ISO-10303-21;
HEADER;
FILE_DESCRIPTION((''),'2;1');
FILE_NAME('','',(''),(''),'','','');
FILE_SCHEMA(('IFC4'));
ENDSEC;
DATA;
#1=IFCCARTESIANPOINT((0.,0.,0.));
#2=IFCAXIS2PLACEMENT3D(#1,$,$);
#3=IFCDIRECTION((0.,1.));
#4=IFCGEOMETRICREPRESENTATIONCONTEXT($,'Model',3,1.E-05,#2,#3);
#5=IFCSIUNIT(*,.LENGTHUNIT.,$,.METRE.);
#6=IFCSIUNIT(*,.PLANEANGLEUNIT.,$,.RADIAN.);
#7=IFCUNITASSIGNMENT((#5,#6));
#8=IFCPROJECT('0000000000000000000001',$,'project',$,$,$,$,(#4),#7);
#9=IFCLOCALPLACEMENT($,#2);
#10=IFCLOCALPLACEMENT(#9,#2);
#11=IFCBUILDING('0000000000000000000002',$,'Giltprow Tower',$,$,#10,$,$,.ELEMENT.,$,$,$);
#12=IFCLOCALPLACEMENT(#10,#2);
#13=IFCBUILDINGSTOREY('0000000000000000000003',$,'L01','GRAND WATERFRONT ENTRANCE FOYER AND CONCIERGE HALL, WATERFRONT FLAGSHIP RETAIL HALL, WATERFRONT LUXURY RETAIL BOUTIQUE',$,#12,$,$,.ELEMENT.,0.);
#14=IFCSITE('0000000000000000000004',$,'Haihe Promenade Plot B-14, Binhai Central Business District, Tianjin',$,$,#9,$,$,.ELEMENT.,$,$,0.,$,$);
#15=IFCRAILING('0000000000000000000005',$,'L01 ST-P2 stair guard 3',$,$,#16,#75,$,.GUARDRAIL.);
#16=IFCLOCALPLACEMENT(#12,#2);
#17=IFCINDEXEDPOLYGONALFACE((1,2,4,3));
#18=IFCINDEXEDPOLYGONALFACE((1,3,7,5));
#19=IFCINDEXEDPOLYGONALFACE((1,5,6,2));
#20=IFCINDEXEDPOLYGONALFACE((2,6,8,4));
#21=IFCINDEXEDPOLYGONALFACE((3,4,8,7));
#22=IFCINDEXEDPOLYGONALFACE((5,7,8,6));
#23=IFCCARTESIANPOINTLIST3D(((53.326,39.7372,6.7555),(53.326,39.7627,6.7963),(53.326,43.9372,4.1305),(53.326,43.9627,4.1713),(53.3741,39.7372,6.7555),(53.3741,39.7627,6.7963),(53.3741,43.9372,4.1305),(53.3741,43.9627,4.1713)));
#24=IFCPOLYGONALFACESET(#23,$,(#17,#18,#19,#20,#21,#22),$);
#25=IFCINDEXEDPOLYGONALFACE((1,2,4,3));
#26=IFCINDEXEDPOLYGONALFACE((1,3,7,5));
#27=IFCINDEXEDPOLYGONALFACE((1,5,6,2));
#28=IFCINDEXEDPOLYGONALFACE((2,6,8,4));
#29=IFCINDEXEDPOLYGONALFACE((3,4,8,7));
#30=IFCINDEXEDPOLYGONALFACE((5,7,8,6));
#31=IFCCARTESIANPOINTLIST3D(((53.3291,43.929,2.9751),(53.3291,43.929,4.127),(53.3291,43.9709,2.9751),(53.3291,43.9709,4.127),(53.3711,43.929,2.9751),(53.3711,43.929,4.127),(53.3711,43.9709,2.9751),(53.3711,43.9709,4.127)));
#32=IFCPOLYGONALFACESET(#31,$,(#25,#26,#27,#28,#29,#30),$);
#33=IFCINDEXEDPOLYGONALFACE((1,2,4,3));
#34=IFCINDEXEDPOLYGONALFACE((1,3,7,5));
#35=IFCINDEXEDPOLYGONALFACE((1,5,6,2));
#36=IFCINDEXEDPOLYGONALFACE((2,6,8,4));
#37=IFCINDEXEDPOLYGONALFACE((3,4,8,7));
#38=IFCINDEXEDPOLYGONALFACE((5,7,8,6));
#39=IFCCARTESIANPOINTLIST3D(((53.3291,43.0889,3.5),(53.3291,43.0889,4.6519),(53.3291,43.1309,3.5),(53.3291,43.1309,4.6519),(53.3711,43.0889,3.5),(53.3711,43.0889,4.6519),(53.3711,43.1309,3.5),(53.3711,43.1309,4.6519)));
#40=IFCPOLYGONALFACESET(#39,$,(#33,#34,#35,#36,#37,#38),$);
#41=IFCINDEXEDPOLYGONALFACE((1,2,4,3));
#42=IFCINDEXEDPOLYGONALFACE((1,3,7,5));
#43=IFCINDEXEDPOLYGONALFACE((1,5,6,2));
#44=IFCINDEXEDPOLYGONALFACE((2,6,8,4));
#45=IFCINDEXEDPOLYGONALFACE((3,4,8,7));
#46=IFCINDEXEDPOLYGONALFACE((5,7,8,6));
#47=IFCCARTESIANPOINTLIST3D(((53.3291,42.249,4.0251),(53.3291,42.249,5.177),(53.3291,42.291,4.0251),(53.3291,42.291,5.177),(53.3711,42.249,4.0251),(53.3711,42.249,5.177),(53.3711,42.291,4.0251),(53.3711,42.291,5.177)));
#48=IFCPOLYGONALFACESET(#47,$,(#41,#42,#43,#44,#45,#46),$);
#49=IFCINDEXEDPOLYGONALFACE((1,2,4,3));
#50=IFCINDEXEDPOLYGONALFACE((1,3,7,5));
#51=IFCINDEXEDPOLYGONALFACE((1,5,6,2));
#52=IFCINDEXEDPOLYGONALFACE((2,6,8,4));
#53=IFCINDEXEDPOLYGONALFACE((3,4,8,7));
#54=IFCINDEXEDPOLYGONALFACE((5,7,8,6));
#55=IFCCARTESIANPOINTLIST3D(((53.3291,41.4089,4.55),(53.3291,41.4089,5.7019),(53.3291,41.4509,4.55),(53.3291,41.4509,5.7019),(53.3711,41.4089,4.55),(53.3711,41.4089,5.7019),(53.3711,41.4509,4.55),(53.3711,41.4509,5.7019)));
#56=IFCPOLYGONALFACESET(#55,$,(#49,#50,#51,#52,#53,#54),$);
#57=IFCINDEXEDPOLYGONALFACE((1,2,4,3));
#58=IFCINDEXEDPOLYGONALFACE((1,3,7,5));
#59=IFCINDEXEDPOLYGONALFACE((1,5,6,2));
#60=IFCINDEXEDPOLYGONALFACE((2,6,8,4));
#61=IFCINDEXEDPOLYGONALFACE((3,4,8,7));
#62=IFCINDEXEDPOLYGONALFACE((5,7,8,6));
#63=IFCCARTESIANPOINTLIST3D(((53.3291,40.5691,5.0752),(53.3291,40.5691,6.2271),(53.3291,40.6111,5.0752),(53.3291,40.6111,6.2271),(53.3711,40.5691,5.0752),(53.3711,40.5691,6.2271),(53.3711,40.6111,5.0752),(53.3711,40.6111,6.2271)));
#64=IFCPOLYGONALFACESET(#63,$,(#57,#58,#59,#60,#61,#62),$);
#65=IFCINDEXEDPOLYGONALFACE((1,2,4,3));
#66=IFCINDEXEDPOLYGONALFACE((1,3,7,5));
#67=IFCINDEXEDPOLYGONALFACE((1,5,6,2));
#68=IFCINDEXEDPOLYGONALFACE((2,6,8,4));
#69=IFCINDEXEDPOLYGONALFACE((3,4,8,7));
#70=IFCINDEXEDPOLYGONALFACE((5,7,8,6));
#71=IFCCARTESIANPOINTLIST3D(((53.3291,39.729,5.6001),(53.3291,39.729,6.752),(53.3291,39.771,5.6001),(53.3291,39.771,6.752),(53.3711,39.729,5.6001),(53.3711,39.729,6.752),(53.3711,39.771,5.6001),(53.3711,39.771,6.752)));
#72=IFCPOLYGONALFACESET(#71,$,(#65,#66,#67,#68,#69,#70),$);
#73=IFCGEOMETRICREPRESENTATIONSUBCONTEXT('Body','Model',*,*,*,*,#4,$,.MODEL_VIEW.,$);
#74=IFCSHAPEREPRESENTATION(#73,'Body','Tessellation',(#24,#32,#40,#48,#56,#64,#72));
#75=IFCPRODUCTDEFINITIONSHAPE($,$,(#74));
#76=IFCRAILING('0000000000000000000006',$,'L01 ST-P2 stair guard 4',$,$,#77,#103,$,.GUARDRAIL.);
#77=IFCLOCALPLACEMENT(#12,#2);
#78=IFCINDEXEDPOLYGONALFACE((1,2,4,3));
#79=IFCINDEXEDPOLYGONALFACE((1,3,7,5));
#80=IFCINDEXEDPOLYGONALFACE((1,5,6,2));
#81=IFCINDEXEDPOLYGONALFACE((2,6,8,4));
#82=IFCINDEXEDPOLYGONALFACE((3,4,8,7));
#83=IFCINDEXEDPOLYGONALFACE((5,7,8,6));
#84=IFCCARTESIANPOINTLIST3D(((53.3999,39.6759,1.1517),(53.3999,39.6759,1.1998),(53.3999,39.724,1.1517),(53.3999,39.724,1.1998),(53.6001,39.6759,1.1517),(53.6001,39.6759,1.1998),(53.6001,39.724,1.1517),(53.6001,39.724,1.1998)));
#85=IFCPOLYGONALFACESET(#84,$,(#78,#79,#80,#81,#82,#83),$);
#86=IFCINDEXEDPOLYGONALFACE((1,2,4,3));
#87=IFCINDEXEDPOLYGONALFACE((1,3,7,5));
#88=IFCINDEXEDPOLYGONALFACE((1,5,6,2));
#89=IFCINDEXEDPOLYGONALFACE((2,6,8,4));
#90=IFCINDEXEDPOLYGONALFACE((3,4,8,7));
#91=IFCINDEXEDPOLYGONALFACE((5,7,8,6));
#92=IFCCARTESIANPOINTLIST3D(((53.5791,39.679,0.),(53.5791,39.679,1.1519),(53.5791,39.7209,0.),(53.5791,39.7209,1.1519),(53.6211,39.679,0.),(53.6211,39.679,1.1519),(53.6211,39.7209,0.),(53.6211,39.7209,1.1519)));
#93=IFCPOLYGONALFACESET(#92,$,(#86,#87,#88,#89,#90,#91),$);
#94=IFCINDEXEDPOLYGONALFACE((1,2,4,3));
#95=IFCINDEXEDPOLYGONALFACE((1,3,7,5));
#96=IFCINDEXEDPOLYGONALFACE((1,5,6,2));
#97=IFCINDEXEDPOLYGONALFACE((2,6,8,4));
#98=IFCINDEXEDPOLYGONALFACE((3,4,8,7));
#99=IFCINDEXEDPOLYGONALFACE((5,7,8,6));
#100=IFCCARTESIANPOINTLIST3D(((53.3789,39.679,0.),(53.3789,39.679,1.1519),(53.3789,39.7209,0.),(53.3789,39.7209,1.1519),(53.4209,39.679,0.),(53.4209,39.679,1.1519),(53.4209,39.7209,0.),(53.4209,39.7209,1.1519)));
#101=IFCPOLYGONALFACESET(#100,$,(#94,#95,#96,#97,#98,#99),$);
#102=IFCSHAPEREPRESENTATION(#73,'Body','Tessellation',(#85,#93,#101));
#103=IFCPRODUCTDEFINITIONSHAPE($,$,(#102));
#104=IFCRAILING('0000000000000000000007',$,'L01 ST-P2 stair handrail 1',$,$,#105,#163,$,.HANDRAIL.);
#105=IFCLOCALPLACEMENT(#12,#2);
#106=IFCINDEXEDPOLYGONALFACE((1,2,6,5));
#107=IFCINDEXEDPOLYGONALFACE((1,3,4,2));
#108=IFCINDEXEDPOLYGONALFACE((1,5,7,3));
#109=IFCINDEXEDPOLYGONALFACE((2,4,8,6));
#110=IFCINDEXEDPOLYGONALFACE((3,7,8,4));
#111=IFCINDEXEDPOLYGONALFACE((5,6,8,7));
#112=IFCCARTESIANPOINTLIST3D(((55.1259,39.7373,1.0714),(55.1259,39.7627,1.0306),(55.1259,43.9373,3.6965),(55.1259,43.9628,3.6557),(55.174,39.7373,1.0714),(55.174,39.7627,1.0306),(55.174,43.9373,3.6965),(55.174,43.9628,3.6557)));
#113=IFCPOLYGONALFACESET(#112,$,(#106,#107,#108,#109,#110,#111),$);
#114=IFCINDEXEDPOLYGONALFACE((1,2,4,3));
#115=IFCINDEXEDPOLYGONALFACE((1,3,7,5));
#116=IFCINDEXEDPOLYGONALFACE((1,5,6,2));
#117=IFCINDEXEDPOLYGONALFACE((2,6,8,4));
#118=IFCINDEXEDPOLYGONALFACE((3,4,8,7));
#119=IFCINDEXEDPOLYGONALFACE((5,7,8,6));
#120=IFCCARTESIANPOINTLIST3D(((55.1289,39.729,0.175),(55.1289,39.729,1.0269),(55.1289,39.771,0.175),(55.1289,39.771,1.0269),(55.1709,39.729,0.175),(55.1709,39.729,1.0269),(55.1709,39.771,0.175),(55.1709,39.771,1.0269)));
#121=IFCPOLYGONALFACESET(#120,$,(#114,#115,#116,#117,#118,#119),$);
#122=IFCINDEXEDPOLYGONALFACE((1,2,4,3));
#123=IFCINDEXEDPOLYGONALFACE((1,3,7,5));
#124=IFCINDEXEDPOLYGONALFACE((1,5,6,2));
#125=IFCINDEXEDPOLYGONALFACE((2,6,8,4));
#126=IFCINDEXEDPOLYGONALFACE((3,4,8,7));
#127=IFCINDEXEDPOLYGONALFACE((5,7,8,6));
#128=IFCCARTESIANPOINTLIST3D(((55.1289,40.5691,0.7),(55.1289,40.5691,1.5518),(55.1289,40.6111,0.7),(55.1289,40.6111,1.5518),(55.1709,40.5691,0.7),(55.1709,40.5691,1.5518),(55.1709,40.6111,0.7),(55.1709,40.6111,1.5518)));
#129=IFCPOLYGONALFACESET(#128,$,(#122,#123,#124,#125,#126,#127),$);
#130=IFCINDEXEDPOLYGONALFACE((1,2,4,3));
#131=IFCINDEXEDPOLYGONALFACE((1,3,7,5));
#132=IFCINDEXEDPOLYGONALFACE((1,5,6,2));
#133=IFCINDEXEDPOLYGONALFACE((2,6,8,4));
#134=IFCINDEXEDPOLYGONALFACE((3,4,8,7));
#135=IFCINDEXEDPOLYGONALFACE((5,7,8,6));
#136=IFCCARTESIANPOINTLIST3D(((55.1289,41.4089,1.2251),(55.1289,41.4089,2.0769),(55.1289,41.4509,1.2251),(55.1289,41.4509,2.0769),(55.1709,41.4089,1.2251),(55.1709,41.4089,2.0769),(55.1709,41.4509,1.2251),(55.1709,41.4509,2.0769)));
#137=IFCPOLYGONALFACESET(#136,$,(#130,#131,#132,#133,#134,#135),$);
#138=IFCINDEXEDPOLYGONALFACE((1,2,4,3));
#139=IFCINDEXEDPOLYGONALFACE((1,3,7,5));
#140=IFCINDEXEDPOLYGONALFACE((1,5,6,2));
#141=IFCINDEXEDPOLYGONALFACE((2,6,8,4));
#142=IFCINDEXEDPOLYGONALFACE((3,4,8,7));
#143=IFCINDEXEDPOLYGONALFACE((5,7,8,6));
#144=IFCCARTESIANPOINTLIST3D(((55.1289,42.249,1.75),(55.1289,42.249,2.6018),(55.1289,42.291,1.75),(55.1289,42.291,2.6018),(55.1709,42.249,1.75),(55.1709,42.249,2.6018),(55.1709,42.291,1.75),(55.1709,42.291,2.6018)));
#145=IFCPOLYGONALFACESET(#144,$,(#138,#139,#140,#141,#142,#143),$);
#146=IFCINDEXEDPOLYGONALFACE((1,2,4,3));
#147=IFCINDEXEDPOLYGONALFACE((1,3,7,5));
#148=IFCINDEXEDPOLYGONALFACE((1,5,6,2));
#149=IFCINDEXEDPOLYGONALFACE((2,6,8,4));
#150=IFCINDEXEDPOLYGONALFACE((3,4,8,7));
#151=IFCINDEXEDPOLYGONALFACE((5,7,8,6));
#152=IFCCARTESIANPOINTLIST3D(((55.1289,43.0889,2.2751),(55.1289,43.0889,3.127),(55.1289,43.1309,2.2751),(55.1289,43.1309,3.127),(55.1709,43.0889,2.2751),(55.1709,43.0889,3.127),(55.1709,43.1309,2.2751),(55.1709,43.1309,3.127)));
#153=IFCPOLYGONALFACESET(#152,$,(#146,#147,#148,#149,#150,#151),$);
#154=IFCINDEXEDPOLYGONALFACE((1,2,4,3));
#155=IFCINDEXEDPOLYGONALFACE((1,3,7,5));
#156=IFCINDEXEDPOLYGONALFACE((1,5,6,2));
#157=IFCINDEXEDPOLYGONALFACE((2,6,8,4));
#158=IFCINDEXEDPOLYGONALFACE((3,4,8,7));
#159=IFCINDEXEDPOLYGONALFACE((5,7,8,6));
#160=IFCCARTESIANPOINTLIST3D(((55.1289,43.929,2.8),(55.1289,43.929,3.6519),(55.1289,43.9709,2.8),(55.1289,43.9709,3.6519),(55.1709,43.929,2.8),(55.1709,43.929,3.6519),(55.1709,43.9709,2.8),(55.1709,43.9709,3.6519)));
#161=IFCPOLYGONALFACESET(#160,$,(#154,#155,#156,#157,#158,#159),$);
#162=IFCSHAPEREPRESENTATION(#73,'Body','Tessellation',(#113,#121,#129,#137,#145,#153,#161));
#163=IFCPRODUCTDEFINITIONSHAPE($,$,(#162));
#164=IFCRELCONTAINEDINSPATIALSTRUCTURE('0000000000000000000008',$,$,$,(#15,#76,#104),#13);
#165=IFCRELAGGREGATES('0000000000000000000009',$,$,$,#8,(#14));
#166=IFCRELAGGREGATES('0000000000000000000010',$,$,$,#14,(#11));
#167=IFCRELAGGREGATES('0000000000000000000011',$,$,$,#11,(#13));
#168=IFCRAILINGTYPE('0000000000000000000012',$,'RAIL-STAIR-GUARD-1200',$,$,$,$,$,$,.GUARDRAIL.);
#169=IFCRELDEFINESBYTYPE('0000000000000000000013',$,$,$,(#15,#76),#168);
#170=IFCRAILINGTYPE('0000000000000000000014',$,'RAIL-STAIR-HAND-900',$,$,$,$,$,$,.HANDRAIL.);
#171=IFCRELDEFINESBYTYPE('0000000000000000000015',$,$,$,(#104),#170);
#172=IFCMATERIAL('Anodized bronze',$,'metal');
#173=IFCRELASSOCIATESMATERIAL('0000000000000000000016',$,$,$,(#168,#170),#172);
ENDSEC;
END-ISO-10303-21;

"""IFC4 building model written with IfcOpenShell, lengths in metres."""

from ifc_helpers import new_model, si_unit, direction, frame, origin, origin_2d, place, context, subcontext, project, spatial, rectangle, extrude, material, type_object, element, save


model = new_model("IFC4")

# Units and contexts
model_context = context("Model", 3, precision=1e-05, world=origin(), true_north=direction((0.0, 1.0)))
body_context = subcontext(model_context, "Body", "Model", "MODEL_VIEW")
ifc_project = project(units=[si_unit("LENGTHUNIT", "METRE"), si_unit("PLANEANGLEUNIT", "RADIAN")], contexts=[model_context])

# Site, building, storey
site_placement = place(None, origin())
site = spatial("IfcSite", under=ifc_project, at=site_placement, Name="Haihe Promenade Plot B-14, Binhai Central Business District, Tianjin", CompositionType="ELEMENT", RefElevation=0.0)
building_placement = place(site_placement, origin())
building = spatial("IfcBuilding", under=site, at=building_placement, Name="Giltprow Tower", CompositionType="ELEMENT")
storey_placement = place(building_placement, origin())
storey = spatial("IfcBuildingStorey", under=building, at=storey_placement, Name="L01", Description="GRAND WATERFRONT ENTRANCE FOYER AND CONCIERGE HALL, WATERFRONT FLAGSHIP RETAIL HALL, WATERFRONT LUXURY RETAIL BOUTIQUE", CompositionType="ELEMENT", Elevation=0.0)

# Railings
ifc_material_1 = material(Name="Anodized bronze", Category="metal")
railing_type_1 = type_object("IfcRailingType", Name="RAIL-STAIR-GUARD-1200", PredefinedType="GUARDRAIL", material=ifc_material_1)
railing_1_placement = place(storey_placement, frame((53.3501, 43.95, 2.9751)))
element("IfcRailing", 1, at=railing_1_placement, inside=storey, type_object=railing_type_1, Name="L01 ST-P2 stair guard 3", PredefinedType="GUARDRAIL", context=body_context, shape_type="SweptSolid", body=[
    extrude(rectangle(XDim=0.0481, YDim=0.0481, at=origin_2d()), frame((0.0, 0.0, 1.1758), z_axis=(0.0, -0.847996, 0.530003), x_axis=(1.0, 0.0, 0.0)), (0.0, 0.0, 1.0), 4.9529),
    extrude(rectangle(XDim=0.042, YDim=0.042, at=origin_2d()), origin(), (0.0, 0.0, 1.0), 1.1519),
    extrude(rectangle(XDim=0.042, YDim=0.042, at=origin_2d()), frame((0.0, -0.8401, 0.5249)), (0.0, 0.0, 1.0), 1.1519),
    extrude(rectangle(XDim=0.042, YDim=0.042, at=origin_2d()), frame((0.0, -1.6799, 1.05)), (0.0, 0.0, 1.0), 1.1519),
    extrude(rectangle(XDim=0.042, YDim=0.042, at=origin_2d()), frame((0.0, -2.52, 1.575)), (0.0, 0.0, 1.0), 1.1519),
    extrude(rectangle(XDim=0.042, YDim=0.042, at=origin_2d()), frame((0.0, -3.3599, 2.1001)), (0.0, 0.0, 1.0), 1.1519),
    extrude(rectangle(XDim=0.042, YDim=0.042, at=origin_2d()), frame((0.0, -4.2, 2.625)), (0.0, 0.0, 1.0), 1.1519),
])
railing_2_placement = place(storey_placement, frame((53.6001, 39.7, 0.0)))
element("IfcRailing", 2, at=railing_2_placement, inside=storey, type_object=railing_type_1, Name="L01 ST-P2 stair guard 4", PredefinedType="GUARDRAIL", context=body_context, shape_type="SweptSolid", body=[
    extrude(rectangle(XDim=0.0481, YDim=0.0481, at=origin_2d()), frame((0.0, 0.0, 1.1758), z_axis=(-1.0, 0.0, 0.0), x_axis=(0.0, -1.0, 0.0)), (0.0, 0.0, 1.0), 0.2002),
    extrude(rectangle(XDim=0.042, YDim=0.042, at=origin_2d()), origin(), (0.0, 0.0, 1.0), 1.1519),
    extrude(rectangle(XDim=0.042, YDim=0.042, at=origin_2d()), frame((-0.2002, 0.0, 0.0)), (0.0, 0.0, 1.0), 1.1519),
])
railing_type_2 = type_object("IfcRailingType", Name="RAIL-STAIR-HAND-900", PredefinedType="HANDRAIL", material=ifc_material_1)
railing_3_placement = place(storey_placement, frame((55.1499, 39.75, 0.175)))
element("IfcRailing", 3, at=railing_3_placement, inside=storey, type_object=railing_type_2, Name="L01 ST-P2 stair handrail 1", PredefinedType="HANDRAIL", context=body_context, shape_type="SweptSolid", body=[
    extrude(rectangle(XDim=0.0481, YDim=0.0481, at=origin_2d()), frame((0.0, 0.0, 0.876), z_axis=(0.0, 0.847996, 0.530003), x_axis=(-1.0, 0.0, 0.0)), (0.0, 0.0, 1.0), 4.9529),
    extrude(rectangle(XDim=0.042, YDim=0.042, at=origin_2d()), origin(), (0.0, 0.0, 1.0), 0.8518),
    extrude(rectangle(XDim=0.042, YDim=0.042, at=origin_2d()), frame((0.0, 0.8401, 0.5249)), (0.0, 0.0, 1.0), 0.8518),
    extrude(rectangle(XDim=0.042, YDim=0.042, at=origin_2d()), frame((0.0, 1.6799, 1.05)), (0.0, 0.0, 1.0), 0.8518),
    extrude(rectangle(XDim=0.042, YDim=0.042, at=origin_2d()), frame((0.0, 2.52, 1.575)), (0.0, 0.0, 1.0), 0.8518),
    extrude(rectangle(XDim=0.042, YDim=0.042, at=origin_2d()), frame((0.0, 3.3599, 2.1001)), (0.0, 0.0, 1.0), 0.8518),
    extrude(rectangle(XDim=0.042, YDim=0.042, at=origin_2d()), frame((0.0, 4.2, 2.625)), (0.0, 0.0, 1.0), 0.8518),
])

save(model, "model.ifc")
